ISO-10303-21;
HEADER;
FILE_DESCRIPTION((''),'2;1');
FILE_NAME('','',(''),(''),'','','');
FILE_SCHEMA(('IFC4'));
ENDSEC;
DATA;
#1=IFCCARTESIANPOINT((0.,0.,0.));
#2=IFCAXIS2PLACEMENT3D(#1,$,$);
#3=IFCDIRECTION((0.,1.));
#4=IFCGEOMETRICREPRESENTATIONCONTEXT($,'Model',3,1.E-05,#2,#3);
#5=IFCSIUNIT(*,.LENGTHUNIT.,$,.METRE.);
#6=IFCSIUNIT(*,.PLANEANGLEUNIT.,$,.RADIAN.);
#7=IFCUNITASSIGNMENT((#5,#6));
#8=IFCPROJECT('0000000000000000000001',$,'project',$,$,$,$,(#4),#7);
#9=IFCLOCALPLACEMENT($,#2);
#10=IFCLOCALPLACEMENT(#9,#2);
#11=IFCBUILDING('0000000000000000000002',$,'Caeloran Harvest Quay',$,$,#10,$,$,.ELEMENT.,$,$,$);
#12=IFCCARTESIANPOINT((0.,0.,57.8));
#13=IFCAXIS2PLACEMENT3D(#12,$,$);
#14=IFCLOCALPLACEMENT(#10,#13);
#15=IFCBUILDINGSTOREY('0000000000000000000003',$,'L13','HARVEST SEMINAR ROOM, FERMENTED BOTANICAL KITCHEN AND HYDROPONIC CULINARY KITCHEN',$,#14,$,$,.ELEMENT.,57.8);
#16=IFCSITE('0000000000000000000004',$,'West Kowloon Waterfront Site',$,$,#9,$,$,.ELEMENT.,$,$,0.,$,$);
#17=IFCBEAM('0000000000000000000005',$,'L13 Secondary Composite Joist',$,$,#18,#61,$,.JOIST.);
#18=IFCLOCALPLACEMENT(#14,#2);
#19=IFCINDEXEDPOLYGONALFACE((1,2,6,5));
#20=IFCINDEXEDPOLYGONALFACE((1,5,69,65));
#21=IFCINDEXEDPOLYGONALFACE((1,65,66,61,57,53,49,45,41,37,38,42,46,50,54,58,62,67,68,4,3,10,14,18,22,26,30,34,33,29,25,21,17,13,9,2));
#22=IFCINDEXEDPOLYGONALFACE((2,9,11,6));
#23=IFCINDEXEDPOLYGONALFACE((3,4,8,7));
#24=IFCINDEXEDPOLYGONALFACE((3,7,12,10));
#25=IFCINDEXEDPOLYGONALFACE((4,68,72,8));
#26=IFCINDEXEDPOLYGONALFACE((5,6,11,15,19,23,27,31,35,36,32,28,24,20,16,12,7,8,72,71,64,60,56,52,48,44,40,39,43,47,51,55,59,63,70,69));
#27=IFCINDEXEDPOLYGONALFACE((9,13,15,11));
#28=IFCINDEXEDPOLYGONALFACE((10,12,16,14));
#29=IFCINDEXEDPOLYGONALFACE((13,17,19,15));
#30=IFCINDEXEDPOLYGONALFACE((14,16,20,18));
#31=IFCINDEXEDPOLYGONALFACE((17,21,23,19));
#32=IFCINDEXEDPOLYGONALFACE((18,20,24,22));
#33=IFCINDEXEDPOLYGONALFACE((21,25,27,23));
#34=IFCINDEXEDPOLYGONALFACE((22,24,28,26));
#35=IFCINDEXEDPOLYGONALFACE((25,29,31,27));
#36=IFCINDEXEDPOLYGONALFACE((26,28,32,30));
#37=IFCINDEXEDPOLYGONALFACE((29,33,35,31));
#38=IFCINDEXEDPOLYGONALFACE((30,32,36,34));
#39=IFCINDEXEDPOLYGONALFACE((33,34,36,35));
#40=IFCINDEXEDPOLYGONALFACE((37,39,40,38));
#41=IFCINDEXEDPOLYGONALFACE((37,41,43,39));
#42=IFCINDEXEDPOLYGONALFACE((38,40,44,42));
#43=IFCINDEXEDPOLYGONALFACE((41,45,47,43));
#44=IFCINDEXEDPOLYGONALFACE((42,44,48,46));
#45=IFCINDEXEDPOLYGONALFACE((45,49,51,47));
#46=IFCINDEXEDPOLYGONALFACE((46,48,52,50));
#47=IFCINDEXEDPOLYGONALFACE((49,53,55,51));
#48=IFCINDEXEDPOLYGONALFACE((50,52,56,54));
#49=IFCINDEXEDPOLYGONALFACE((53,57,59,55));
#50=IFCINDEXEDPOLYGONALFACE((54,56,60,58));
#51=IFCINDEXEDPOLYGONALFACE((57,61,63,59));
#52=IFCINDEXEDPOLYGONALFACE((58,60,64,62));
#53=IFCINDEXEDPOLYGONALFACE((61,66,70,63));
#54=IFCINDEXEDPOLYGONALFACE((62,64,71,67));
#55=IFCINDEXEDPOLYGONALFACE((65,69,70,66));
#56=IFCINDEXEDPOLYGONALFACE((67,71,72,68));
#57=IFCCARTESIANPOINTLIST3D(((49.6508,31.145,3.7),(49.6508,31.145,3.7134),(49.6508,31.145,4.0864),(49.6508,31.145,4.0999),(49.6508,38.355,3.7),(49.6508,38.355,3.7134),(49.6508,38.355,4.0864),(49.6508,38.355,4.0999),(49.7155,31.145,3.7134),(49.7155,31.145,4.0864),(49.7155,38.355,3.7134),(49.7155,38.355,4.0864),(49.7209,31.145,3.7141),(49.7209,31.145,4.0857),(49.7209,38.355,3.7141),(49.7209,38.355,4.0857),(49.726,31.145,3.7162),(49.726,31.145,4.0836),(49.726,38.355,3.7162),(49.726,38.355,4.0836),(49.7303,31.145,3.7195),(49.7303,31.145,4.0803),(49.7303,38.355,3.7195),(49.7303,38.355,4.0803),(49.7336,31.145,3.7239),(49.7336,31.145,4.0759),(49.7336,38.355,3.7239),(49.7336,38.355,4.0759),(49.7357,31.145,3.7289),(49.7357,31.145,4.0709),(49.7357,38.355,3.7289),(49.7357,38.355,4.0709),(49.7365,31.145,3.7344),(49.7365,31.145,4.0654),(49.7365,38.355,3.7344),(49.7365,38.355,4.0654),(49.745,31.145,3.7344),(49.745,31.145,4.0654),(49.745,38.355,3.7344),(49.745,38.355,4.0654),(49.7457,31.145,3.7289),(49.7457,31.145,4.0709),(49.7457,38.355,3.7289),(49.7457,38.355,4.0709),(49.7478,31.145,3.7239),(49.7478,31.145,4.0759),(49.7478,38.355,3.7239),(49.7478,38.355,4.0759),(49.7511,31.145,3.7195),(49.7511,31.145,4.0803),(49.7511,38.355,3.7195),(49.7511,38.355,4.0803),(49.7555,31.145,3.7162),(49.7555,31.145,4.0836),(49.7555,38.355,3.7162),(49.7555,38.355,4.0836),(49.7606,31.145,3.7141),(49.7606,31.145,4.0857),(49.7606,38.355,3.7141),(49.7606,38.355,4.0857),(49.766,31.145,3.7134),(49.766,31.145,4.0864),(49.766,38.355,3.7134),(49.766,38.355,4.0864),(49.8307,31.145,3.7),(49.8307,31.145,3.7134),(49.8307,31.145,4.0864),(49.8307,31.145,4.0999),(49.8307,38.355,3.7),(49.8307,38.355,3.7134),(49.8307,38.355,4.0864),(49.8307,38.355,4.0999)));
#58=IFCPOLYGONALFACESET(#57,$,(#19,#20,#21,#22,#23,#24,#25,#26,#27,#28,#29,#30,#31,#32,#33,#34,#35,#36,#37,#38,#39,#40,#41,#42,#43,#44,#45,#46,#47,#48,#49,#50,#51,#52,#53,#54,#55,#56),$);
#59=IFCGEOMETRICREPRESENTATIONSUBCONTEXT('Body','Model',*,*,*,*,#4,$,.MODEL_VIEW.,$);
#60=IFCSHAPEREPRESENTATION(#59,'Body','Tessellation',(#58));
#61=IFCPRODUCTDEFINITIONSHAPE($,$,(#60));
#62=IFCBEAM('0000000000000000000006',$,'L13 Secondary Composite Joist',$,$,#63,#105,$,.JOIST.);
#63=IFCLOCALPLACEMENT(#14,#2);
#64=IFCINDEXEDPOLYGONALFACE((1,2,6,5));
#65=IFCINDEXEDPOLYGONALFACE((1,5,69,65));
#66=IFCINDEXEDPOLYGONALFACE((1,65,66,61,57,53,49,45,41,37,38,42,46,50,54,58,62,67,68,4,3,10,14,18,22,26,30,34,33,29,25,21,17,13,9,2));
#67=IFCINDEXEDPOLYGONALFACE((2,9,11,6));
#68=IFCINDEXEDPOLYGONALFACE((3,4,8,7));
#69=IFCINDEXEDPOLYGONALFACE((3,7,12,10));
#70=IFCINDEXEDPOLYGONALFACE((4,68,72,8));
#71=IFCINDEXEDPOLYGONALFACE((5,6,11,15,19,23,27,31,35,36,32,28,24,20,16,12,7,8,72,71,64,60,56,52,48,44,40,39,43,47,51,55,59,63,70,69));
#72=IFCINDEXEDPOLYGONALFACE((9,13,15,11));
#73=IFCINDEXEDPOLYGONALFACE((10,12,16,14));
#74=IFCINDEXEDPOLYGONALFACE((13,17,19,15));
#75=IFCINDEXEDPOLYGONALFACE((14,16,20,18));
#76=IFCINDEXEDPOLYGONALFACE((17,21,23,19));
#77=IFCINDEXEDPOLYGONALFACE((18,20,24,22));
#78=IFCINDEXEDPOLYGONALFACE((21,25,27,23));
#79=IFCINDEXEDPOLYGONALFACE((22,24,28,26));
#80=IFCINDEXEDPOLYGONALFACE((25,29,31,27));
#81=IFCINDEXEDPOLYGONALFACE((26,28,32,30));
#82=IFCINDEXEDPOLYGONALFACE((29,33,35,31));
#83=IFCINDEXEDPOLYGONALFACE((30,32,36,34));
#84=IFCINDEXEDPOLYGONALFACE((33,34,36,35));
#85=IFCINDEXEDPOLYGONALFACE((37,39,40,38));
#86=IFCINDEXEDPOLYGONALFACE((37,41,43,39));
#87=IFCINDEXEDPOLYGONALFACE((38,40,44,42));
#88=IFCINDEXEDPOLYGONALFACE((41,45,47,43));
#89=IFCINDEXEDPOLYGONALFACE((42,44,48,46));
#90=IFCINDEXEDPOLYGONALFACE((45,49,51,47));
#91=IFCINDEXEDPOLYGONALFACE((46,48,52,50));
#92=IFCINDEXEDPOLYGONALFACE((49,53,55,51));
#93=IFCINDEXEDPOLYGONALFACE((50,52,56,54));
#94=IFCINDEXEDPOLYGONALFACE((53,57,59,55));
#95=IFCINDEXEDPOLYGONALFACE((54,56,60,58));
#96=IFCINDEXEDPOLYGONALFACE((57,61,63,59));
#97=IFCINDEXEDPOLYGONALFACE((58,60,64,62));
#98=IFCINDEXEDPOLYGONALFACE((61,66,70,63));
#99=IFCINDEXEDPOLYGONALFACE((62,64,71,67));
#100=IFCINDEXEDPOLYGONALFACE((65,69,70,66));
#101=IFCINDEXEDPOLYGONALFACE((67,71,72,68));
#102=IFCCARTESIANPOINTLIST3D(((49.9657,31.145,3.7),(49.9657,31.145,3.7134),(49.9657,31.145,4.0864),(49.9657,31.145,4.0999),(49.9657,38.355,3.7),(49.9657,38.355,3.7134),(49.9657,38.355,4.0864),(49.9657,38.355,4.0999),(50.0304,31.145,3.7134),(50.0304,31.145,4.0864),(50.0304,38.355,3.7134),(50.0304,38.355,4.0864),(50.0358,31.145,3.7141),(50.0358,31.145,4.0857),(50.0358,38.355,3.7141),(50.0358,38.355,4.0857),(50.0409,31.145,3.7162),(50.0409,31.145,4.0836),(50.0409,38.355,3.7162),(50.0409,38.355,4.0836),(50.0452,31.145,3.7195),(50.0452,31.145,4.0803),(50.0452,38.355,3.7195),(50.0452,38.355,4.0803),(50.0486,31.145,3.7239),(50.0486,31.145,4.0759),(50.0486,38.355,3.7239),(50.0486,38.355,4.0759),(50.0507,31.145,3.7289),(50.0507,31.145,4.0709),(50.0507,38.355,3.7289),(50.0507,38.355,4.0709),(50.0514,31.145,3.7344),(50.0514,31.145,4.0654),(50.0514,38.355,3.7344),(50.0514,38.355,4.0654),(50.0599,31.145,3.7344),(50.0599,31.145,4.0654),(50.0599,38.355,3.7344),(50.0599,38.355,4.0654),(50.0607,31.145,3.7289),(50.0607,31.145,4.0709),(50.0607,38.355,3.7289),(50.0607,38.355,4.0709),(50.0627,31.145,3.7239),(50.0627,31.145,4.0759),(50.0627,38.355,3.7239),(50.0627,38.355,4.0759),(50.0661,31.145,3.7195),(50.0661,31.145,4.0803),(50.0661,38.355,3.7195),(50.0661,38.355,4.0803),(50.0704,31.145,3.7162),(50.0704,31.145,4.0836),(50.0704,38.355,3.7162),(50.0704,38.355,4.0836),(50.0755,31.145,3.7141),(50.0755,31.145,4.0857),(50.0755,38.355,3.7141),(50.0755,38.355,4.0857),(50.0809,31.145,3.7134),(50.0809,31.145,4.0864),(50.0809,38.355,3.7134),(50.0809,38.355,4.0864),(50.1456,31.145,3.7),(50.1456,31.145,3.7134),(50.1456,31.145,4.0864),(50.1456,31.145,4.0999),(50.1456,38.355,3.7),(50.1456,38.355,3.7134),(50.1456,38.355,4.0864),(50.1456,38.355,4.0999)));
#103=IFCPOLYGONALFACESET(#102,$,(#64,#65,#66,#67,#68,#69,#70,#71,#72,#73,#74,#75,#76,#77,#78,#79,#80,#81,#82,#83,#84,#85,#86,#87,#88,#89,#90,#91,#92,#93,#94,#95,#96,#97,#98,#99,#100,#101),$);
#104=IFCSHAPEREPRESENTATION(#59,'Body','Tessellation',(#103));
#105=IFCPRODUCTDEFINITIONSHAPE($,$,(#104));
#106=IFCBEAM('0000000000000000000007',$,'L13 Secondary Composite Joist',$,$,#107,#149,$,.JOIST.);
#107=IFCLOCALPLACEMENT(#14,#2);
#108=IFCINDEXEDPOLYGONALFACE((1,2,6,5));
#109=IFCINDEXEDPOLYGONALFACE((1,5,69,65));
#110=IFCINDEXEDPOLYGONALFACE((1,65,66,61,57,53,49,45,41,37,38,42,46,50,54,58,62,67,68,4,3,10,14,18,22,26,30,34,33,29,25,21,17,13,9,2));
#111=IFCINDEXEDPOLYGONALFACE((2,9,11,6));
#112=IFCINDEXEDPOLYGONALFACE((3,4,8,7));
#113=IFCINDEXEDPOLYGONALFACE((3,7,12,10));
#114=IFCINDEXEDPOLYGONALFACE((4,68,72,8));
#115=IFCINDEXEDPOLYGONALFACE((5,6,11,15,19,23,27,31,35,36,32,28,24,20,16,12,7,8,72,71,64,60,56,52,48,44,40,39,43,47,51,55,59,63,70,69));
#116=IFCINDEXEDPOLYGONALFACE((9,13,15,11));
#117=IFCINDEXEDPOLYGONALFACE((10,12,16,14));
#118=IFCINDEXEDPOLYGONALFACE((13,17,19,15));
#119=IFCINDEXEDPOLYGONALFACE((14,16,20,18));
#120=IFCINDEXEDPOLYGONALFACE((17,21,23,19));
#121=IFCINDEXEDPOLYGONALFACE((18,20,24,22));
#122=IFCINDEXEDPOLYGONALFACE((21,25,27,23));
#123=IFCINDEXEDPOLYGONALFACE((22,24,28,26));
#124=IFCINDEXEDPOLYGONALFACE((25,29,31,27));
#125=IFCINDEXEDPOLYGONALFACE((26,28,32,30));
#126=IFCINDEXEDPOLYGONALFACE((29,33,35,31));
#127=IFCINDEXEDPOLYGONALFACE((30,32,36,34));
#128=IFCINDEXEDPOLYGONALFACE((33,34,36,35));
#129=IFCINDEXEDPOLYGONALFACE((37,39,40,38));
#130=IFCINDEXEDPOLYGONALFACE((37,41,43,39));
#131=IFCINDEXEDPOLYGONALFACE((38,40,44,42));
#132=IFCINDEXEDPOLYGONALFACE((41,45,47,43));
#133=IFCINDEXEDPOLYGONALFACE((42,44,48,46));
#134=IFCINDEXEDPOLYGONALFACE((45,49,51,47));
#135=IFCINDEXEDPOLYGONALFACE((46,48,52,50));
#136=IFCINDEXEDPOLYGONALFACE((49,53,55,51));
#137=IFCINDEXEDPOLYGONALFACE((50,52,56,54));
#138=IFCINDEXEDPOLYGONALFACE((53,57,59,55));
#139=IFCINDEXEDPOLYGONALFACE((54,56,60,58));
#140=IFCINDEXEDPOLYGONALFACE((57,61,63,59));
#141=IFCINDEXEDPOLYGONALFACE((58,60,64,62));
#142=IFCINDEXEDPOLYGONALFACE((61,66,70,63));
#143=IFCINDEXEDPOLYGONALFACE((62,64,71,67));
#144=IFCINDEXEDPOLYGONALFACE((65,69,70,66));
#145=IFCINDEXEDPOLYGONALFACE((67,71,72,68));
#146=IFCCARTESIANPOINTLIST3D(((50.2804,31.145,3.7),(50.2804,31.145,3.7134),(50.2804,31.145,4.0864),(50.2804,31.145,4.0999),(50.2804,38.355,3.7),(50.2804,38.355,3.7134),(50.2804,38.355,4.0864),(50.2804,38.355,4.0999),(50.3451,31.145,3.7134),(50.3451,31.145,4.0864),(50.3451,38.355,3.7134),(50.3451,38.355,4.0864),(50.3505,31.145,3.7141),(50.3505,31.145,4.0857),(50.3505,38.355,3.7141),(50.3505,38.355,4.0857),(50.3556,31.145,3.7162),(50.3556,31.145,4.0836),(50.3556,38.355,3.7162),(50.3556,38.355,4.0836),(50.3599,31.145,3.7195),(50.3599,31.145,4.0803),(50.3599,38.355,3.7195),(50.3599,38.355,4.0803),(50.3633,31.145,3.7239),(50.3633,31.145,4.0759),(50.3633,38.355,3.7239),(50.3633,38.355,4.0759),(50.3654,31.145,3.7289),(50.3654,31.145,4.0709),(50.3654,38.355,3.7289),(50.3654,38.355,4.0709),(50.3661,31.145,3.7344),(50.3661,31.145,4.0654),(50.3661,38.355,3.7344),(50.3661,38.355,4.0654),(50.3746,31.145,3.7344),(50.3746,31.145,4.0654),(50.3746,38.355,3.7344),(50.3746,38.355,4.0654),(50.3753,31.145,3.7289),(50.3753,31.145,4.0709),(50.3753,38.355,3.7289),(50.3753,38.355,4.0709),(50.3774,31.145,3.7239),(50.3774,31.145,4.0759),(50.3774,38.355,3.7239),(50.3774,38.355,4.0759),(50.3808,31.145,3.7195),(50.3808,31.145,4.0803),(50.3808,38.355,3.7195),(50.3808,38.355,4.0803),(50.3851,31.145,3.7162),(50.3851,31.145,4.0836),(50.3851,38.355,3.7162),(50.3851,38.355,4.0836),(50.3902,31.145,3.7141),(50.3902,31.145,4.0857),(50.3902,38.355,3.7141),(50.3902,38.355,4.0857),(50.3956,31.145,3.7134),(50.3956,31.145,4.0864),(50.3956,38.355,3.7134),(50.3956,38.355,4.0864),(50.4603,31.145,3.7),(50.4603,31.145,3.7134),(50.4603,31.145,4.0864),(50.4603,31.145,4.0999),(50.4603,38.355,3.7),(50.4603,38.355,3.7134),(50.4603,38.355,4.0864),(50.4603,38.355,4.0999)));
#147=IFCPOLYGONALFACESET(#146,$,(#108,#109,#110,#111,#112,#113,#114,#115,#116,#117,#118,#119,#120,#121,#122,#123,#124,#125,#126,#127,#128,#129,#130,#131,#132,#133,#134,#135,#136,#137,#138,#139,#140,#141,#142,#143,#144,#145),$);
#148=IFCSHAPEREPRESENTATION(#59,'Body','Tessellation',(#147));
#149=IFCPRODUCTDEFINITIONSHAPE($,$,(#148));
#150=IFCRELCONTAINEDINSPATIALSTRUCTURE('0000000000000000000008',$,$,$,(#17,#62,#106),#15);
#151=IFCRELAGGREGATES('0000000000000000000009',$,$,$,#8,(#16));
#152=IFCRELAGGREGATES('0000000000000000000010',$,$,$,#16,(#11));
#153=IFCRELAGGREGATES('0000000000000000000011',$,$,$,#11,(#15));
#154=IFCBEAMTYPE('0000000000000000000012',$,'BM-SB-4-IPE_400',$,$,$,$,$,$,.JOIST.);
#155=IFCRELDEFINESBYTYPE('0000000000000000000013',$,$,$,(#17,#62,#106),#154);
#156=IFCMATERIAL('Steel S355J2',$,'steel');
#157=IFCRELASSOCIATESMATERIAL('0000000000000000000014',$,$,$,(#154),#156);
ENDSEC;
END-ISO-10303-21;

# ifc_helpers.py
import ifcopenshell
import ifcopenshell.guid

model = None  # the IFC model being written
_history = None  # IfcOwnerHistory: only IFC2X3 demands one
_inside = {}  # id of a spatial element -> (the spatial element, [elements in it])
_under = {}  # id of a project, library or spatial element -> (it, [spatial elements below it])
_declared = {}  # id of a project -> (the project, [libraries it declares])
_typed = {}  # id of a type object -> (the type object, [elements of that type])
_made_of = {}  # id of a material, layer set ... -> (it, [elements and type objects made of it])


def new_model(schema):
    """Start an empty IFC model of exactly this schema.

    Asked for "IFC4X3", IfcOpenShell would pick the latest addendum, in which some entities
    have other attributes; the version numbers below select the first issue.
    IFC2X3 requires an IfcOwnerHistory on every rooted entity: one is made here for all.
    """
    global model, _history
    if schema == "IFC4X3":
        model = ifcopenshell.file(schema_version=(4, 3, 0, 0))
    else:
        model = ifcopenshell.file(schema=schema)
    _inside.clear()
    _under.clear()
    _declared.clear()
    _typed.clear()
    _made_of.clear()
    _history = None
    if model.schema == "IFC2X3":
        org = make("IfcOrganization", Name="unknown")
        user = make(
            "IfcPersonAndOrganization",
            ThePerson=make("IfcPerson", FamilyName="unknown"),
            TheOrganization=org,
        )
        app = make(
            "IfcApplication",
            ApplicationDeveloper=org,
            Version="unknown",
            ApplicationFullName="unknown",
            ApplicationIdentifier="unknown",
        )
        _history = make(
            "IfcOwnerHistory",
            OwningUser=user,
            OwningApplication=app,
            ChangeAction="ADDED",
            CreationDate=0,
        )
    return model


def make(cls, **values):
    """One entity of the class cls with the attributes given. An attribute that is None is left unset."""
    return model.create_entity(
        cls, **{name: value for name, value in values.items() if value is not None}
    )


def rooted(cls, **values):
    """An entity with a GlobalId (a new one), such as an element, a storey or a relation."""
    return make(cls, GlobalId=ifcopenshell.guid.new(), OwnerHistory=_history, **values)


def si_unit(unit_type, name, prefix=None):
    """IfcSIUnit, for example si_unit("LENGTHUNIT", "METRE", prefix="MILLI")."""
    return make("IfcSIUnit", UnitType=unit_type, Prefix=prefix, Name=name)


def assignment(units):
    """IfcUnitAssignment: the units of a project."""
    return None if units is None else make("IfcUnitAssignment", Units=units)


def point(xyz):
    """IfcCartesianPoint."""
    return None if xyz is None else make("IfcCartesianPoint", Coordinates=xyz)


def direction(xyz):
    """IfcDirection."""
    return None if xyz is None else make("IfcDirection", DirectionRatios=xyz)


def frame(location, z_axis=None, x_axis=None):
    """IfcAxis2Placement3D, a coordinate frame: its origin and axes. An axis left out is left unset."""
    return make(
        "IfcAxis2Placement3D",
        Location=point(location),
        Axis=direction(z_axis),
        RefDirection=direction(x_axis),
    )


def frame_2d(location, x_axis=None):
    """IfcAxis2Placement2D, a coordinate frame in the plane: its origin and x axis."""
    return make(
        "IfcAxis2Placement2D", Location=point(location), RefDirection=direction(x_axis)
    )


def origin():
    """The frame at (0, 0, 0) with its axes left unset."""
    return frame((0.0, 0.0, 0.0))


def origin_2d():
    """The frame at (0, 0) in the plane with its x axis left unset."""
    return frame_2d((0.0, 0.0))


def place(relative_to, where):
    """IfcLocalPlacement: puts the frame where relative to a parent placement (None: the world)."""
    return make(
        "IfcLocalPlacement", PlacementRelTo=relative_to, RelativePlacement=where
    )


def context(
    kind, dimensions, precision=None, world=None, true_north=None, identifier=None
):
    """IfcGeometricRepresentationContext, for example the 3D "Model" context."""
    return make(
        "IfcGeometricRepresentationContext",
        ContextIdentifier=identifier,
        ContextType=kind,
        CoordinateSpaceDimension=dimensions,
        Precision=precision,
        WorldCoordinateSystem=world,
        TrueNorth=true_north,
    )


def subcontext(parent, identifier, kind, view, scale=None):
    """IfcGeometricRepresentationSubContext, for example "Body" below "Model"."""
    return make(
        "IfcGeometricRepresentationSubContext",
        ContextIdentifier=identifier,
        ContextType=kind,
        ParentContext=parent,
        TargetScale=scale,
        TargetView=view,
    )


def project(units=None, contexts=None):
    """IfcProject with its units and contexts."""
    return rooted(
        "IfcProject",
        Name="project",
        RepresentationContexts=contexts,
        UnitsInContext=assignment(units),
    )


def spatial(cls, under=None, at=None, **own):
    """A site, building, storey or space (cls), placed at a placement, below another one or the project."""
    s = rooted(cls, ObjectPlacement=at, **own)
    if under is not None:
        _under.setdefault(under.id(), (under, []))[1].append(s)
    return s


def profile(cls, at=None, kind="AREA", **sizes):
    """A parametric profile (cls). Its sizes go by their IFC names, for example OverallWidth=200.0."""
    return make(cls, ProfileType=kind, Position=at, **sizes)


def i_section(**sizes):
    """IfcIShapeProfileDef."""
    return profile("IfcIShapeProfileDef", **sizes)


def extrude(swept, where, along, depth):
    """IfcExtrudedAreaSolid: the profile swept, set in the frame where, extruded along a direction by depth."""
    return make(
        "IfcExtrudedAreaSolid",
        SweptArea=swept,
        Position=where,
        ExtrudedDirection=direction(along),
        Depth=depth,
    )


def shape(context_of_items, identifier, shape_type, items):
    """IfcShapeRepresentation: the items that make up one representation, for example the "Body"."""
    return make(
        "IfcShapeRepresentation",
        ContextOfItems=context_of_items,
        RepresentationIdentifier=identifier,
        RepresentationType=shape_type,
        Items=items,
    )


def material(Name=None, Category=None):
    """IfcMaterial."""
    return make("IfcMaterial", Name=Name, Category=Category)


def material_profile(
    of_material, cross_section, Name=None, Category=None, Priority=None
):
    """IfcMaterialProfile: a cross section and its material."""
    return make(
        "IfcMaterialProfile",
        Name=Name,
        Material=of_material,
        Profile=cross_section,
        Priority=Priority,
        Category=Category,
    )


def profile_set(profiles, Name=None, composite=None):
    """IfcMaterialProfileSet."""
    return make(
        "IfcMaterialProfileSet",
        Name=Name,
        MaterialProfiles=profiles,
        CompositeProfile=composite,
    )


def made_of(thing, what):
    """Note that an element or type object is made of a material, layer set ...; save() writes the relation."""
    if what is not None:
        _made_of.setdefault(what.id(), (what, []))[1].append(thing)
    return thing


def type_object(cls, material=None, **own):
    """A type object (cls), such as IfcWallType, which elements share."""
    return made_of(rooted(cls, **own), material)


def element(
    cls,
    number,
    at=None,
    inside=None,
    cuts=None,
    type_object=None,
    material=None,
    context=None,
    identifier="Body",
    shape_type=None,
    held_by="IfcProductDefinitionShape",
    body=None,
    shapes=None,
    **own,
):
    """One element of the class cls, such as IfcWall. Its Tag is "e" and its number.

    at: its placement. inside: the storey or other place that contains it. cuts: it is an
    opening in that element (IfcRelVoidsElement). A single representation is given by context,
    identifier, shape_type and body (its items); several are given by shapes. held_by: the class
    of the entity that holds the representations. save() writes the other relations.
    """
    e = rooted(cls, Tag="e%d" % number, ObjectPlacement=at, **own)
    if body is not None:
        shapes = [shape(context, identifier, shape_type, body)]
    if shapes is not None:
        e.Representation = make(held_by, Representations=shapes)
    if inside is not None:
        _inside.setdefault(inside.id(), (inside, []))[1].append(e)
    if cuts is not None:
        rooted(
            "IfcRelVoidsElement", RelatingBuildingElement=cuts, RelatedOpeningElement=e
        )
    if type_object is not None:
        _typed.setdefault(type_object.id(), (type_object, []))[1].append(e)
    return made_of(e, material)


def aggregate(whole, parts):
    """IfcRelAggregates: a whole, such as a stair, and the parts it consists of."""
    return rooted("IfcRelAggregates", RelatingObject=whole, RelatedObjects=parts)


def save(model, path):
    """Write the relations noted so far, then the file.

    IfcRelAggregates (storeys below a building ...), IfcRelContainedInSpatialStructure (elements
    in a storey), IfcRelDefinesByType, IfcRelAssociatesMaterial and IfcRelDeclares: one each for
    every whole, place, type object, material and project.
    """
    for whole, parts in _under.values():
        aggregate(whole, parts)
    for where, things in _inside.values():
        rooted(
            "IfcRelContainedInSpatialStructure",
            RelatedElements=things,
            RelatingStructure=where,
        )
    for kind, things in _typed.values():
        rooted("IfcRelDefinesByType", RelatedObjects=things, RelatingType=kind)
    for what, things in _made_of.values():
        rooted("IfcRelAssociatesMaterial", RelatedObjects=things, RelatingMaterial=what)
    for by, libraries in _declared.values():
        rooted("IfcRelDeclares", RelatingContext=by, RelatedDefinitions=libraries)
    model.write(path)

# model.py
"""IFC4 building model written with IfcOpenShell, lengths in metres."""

from ifc_helpers import new_model, si_unit, direction, frame, origin, origin_2d, place, context, subcontext, project, spatial, i_section, extrude, material, material_profile, profile_set, type_object, element, save


model = new_model("IFC4")

# Units and contexts
model_context = context("Model", 3, precision=1e-05, world=origin(), true_north=direction((0.0, 1.0)))
body_context = subcontext(model_context, "Body", "Model", "MODEL_VIEW")
ifc_project = project(units=[si_unit("LENGTHUNIT", "METRE"), si_unit("PLANEANGLEUNIT", "RADIAN")], contexts=[model_context])

# Site, building, storey
site_placement = place(None, origin())
site = spatial("IfcSite", under=ifc_project, at=site_placement, Name="West Kowloon Waterfront Site", CompositionType="ELEMENT", RefElevation=0.0)
building_placement = place(site_placement, origin())
building = spatial("IfcBuilding", under=site, at=building_placement, Name="Caeloran Harvest Quay", CompositionType="ELEMENT")
storey_placement = place(building_placement, frame((0.0, 0.0, 57.8)))
storey = spatial("IfcBuildingStorey", under=building, at=storey_placement, Name="L13", Description="HARVEST SEMINAR ROOM, FERMENTED BOTANICAL KITCHEN AND HYDROPONIC CULINARY KITCHEN", CompositionType="ELEMENT", Elevation=57.8)

# Beams
ifc_material_1 = material(Name="Steel S355J2", Category="steel")
ifc_material_profile_1 = material_profile(ifc_material_1, i_section(OverallWidth=0.1799, OverallDepth=0.3999, WebThickness=0.0085, FlangeThickness=0.0134, FilletRadius=0.021, at=origin_2d()), Name="IPE 400")
ifc_profile_set_1 = profile_set([ifc_material_profile_1], Name="Steel S355J2")
beam_type_1 = type_object("IfcBeamType", Name="BM-SB-4-IPE_400", PredefinedType="JOIST", material=ifc_profile_set_1)
for number, where, z_axis, x_axis, name in (
    (1, (49.7407, 31.145, 3.8999), (0.0, 1.0, 0.0), (-1.0, 0.0, 0.0), "L13 Secondary Composite Joist"),
    (2, (50.0557, 31.145, 3.8999), (0.0, 1.0, 0.0), (-1.0, 0.0, 0.0), "L13 Secondary Composite Joist"),
    (3, (50.3704, 31.145, 3.8999), (0.0, 1.0, 0.0), (-1.0, 0.0, 0.0), "L13 Secondary Composite Joist"),
):
    element("IfcBeam", number, at=place(storey_placement, frame(where, z_axis=z_axis, x_axis=x_axis)), inside=storey, type_object=beam_type_1, Name=name, PredefinedType="JOIST", context=body_context, shape_type="SweptSolid", body=[
        extrude(i_section(OverallWidth=0.1799, OverallDepth=0.3999, WebThickness=0.0085, FlangeThickness=0.0134, FilletRadius=0.021, at=origin_2d()), origin(), (0.0, 0.0, 1.0), 7.21),
    ])

save(model, "model.ifc")
